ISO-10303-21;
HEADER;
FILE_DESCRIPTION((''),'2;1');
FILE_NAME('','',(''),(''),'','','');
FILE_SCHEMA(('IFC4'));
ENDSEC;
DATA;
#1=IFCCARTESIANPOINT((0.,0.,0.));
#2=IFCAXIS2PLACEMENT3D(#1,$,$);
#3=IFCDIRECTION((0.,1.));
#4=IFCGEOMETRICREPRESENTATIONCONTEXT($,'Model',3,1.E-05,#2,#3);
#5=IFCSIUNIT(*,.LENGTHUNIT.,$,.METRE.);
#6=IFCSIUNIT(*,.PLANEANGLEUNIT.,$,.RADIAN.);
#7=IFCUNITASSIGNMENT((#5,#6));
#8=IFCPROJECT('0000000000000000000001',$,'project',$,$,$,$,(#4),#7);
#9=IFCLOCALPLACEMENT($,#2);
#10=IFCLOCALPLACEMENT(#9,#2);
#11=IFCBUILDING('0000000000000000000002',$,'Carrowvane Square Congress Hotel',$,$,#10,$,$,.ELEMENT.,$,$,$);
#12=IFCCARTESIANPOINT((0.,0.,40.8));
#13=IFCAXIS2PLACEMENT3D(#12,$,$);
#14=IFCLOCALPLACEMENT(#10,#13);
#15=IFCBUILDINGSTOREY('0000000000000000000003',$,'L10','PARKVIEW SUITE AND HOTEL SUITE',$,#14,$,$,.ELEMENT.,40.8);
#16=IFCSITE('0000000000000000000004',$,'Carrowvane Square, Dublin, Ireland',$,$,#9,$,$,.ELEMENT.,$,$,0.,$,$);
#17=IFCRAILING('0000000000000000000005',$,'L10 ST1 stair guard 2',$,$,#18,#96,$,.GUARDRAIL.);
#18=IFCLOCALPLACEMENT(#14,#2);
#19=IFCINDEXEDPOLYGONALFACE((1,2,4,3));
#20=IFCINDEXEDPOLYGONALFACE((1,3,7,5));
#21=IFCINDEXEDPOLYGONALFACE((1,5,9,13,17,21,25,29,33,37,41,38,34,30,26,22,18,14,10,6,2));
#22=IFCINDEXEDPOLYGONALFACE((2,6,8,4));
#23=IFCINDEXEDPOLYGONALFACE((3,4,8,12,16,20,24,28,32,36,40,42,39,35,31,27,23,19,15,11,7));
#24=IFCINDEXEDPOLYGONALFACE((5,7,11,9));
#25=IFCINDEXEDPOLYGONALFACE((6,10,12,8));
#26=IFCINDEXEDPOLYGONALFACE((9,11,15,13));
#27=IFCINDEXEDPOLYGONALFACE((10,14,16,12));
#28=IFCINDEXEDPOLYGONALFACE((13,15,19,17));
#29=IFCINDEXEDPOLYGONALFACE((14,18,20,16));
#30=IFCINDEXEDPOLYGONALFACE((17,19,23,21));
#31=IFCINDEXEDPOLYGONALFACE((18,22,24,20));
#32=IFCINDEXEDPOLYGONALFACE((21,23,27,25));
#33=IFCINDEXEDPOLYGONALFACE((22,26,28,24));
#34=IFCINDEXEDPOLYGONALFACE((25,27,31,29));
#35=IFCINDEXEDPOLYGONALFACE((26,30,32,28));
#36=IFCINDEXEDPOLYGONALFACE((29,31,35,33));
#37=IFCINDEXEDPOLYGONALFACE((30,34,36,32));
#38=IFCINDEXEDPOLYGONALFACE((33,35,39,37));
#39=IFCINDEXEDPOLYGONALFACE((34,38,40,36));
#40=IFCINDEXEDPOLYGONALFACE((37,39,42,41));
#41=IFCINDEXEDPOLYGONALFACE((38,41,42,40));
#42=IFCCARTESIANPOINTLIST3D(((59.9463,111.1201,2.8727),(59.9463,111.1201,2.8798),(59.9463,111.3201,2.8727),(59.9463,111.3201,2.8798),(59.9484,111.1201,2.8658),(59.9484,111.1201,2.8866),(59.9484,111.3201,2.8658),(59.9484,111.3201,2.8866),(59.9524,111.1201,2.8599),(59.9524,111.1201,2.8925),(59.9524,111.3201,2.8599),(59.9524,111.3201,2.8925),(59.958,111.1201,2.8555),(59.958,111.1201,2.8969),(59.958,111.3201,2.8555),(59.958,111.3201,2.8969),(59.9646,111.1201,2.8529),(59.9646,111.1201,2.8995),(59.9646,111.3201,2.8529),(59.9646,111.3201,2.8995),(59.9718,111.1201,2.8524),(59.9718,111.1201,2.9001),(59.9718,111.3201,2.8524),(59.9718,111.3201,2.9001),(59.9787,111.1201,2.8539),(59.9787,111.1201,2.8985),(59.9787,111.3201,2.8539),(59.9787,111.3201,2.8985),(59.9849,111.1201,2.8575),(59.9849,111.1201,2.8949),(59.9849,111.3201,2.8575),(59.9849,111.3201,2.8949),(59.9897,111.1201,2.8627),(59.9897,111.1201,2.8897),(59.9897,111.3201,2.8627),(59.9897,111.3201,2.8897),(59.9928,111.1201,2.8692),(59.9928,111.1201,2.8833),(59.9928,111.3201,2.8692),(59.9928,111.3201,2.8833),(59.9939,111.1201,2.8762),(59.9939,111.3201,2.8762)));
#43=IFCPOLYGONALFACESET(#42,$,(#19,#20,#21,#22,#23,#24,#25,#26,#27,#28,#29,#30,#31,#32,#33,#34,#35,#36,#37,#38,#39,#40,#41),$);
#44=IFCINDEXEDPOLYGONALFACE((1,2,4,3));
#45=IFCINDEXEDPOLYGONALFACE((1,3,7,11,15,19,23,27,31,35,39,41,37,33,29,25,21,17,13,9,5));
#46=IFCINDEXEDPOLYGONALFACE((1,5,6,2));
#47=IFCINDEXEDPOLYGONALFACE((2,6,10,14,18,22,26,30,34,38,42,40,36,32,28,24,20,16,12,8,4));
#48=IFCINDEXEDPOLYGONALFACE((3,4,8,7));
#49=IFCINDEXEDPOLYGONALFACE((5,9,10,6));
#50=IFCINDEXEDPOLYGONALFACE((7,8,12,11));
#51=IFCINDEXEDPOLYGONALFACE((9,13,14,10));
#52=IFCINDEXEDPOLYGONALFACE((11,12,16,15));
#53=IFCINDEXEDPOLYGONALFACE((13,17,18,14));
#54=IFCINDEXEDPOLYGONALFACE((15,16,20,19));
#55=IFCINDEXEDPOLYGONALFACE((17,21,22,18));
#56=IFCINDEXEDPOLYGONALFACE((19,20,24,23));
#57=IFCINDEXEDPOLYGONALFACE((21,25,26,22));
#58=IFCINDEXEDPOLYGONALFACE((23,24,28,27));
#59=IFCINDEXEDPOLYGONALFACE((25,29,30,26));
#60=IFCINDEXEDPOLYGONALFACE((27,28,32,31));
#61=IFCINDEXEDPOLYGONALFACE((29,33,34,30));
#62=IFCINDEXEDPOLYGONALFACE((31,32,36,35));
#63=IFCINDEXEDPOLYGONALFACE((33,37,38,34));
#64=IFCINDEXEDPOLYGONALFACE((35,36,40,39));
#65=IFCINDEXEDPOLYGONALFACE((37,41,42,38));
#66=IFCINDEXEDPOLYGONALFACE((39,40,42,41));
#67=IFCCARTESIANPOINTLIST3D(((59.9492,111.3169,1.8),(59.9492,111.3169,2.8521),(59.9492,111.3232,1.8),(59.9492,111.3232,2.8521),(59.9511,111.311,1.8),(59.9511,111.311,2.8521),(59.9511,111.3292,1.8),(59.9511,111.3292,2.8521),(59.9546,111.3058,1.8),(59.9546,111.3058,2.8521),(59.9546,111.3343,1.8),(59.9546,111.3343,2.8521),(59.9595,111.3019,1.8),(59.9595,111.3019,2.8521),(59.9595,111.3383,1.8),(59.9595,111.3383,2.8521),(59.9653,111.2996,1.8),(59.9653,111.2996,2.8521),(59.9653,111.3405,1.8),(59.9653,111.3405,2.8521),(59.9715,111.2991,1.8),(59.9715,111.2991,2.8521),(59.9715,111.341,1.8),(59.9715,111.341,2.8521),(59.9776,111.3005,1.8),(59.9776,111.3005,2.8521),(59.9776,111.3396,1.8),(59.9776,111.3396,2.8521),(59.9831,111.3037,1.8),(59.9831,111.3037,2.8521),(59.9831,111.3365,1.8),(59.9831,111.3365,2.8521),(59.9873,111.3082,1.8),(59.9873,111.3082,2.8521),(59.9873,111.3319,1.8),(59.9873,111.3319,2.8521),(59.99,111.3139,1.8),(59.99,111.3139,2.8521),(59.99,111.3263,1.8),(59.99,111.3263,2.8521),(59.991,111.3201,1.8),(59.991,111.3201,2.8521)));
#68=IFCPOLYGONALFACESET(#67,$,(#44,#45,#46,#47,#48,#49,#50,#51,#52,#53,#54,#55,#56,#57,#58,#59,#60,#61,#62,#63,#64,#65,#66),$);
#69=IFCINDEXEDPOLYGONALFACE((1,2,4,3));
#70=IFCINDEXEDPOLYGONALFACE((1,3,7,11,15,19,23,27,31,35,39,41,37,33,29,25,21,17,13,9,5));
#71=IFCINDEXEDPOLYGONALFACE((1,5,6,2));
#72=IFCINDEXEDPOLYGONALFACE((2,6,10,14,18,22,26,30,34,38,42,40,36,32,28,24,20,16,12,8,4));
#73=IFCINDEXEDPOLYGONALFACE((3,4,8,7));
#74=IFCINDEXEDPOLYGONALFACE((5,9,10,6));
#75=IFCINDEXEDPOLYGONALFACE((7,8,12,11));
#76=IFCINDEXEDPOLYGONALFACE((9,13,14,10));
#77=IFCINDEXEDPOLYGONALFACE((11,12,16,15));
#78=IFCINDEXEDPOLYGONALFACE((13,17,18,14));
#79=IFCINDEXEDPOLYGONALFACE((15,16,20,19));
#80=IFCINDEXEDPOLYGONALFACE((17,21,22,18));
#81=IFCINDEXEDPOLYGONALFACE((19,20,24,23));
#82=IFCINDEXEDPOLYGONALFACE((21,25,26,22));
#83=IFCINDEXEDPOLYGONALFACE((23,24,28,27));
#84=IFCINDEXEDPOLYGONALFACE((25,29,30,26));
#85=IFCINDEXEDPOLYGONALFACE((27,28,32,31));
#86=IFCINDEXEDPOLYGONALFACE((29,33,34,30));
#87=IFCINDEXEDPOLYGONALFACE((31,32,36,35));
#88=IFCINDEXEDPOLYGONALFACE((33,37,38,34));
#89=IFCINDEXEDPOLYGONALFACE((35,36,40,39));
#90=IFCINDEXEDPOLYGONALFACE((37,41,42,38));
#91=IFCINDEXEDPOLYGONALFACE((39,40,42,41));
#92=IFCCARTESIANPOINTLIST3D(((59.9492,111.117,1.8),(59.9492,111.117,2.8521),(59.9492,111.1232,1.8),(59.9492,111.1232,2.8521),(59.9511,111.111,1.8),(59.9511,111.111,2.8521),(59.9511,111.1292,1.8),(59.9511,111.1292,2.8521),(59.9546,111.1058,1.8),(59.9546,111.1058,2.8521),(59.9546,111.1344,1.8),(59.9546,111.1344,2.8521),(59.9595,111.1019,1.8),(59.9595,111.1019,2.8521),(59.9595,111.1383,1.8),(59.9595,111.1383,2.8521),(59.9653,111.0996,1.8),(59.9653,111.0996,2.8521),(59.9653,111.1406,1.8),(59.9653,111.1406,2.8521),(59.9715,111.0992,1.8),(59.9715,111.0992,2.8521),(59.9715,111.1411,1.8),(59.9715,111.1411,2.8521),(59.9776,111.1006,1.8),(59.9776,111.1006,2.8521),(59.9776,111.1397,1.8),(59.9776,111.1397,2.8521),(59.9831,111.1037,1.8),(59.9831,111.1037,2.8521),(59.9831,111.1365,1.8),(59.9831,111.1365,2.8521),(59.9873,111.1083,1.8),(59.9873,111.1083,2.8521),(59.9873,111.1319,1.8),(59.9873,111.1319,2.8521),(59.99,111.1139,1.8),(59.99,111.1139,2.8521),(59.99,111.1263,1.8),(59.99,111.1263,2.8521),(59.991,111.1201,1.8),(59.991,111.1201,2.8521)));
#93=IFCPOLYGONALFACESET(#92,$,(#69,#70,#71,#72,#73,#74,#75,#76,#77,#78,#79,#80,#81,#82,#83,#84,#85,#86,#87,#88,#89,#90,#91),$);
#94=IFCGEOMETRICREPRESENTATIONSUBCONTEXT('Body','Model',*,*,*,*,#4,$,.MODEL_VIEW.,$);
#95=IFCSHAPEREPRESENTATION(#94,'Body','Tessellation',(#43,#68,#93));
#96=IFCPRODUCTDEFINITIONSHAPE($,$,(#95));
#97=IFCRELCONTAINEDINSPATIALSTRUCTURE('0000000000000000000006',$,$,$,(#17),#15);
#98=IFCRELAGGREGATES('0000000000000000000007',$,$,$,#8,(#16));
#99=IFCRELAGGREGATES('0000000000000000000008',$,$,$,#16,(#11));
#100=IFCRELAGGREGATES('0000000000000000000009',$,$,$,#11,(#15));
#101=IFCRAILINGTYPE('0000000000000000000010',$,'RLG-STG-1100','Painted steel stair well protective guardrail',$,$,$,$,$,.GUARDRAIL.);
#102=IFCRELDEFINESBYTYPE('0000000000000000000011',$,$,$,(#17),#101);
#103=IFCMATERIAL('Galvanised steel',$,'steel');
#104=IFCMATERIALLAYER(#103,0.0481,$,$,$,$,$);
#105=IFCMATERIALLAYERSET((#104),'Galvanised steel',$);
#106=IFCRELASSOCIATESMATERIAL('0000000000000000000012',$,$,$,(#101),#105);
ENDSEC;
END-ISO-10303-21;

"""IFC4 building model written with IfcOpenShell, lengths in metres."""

from ifc_helpers import new_model, si_unit, direction, frame, origin, origin_2d, place, context, subcontext, project, spatial, circle, extrude, material, layer, layer_set, type_object, element, save


model = new_model("IFC4")

# Units and contexts
model_context = context("Model", 3, precision=1e-05, world=origin(), true_north=direction((0.0, 1.0)))
body_context = subcontext(model_context, "Body", "Model", "MODEL_VIEW")
ifc_project = project(units=[si_unit("LENGTHUNIT", "METRE"), si_unit("PLANEANGLEUNIT", "RADIAN")], contexts=[model_context])

# Site, building, storey
site_placement = place(None, origin())
site = spatial("IfcSite", under=ifc_project, at=site_placement, Name="Carrowvane Square, Dublin, Ireland", CompositionType="ELEMENT", RefElevation=0.0)
building_placement = place(site_placement, origin())
building = spatial("IfcBuilding", under=site, at=building_placement, Name="Carrowvane Square Congress Hotel", CompositionType="ELEMENT")
storey_placement = place(building_placement, frame((0.0, 0.0, 40.8)))
storey = spatial("IfcBuildingStorey", under=building, at=storey_placement, Name="L10", Description="PARKVIEW SUITE AND HOTEL SUITE", CompositionType="ELEMENT", Elevation=40.8)

# Railing
ifc_material_1 = material(Name="Galvanised steel", Category="steel")
ifc_layer_1 = layer(ifc_material_1, 0.0481)
ifc_layer_set_1 = layer_set([ifc_layer_1], Name="Galvanised steel")
railing_type_1 = type_object("IfcRailingType", Name="RLG-STG-1100", Description="Painted steel stair well protective guardrail", PredefinedType="GUARDRAIL", material=ifc_layer_set_1)
railing_1_placement = place(storey_placement, frame((59.97, 111.3201, 1.8)))
element("IfcRailing", 1, at=railing_1_placement, inside=storey, type_object=railing_type_1, Name="L10 ST1 stair guard 2", PredefinedType="GUARDRAIL", context=body_context, shape_type="SweptSolid", body=[
    extrude(circle(Radius=0.0239, at=origin_2d()), frame((0.0, 0.0, 1.0762), z_axis=(0.0, -1.0, 0.0), x_axis=(1.0, 0.0, 0.0)), (0.0, 0.0, 1.0), 0.2),
    extrude(circle(Radius=0.021, at=origin_2d()), origin(), (0.0, 0.0, 1.0), 1.052),
    extrude(circle(Radius=0.021, at=origin_2d()), frame((0.0, -0.2, 0.0)), (0.0, 0.0, 1.0), 1.052),
])

save(model, "model.ifc")
